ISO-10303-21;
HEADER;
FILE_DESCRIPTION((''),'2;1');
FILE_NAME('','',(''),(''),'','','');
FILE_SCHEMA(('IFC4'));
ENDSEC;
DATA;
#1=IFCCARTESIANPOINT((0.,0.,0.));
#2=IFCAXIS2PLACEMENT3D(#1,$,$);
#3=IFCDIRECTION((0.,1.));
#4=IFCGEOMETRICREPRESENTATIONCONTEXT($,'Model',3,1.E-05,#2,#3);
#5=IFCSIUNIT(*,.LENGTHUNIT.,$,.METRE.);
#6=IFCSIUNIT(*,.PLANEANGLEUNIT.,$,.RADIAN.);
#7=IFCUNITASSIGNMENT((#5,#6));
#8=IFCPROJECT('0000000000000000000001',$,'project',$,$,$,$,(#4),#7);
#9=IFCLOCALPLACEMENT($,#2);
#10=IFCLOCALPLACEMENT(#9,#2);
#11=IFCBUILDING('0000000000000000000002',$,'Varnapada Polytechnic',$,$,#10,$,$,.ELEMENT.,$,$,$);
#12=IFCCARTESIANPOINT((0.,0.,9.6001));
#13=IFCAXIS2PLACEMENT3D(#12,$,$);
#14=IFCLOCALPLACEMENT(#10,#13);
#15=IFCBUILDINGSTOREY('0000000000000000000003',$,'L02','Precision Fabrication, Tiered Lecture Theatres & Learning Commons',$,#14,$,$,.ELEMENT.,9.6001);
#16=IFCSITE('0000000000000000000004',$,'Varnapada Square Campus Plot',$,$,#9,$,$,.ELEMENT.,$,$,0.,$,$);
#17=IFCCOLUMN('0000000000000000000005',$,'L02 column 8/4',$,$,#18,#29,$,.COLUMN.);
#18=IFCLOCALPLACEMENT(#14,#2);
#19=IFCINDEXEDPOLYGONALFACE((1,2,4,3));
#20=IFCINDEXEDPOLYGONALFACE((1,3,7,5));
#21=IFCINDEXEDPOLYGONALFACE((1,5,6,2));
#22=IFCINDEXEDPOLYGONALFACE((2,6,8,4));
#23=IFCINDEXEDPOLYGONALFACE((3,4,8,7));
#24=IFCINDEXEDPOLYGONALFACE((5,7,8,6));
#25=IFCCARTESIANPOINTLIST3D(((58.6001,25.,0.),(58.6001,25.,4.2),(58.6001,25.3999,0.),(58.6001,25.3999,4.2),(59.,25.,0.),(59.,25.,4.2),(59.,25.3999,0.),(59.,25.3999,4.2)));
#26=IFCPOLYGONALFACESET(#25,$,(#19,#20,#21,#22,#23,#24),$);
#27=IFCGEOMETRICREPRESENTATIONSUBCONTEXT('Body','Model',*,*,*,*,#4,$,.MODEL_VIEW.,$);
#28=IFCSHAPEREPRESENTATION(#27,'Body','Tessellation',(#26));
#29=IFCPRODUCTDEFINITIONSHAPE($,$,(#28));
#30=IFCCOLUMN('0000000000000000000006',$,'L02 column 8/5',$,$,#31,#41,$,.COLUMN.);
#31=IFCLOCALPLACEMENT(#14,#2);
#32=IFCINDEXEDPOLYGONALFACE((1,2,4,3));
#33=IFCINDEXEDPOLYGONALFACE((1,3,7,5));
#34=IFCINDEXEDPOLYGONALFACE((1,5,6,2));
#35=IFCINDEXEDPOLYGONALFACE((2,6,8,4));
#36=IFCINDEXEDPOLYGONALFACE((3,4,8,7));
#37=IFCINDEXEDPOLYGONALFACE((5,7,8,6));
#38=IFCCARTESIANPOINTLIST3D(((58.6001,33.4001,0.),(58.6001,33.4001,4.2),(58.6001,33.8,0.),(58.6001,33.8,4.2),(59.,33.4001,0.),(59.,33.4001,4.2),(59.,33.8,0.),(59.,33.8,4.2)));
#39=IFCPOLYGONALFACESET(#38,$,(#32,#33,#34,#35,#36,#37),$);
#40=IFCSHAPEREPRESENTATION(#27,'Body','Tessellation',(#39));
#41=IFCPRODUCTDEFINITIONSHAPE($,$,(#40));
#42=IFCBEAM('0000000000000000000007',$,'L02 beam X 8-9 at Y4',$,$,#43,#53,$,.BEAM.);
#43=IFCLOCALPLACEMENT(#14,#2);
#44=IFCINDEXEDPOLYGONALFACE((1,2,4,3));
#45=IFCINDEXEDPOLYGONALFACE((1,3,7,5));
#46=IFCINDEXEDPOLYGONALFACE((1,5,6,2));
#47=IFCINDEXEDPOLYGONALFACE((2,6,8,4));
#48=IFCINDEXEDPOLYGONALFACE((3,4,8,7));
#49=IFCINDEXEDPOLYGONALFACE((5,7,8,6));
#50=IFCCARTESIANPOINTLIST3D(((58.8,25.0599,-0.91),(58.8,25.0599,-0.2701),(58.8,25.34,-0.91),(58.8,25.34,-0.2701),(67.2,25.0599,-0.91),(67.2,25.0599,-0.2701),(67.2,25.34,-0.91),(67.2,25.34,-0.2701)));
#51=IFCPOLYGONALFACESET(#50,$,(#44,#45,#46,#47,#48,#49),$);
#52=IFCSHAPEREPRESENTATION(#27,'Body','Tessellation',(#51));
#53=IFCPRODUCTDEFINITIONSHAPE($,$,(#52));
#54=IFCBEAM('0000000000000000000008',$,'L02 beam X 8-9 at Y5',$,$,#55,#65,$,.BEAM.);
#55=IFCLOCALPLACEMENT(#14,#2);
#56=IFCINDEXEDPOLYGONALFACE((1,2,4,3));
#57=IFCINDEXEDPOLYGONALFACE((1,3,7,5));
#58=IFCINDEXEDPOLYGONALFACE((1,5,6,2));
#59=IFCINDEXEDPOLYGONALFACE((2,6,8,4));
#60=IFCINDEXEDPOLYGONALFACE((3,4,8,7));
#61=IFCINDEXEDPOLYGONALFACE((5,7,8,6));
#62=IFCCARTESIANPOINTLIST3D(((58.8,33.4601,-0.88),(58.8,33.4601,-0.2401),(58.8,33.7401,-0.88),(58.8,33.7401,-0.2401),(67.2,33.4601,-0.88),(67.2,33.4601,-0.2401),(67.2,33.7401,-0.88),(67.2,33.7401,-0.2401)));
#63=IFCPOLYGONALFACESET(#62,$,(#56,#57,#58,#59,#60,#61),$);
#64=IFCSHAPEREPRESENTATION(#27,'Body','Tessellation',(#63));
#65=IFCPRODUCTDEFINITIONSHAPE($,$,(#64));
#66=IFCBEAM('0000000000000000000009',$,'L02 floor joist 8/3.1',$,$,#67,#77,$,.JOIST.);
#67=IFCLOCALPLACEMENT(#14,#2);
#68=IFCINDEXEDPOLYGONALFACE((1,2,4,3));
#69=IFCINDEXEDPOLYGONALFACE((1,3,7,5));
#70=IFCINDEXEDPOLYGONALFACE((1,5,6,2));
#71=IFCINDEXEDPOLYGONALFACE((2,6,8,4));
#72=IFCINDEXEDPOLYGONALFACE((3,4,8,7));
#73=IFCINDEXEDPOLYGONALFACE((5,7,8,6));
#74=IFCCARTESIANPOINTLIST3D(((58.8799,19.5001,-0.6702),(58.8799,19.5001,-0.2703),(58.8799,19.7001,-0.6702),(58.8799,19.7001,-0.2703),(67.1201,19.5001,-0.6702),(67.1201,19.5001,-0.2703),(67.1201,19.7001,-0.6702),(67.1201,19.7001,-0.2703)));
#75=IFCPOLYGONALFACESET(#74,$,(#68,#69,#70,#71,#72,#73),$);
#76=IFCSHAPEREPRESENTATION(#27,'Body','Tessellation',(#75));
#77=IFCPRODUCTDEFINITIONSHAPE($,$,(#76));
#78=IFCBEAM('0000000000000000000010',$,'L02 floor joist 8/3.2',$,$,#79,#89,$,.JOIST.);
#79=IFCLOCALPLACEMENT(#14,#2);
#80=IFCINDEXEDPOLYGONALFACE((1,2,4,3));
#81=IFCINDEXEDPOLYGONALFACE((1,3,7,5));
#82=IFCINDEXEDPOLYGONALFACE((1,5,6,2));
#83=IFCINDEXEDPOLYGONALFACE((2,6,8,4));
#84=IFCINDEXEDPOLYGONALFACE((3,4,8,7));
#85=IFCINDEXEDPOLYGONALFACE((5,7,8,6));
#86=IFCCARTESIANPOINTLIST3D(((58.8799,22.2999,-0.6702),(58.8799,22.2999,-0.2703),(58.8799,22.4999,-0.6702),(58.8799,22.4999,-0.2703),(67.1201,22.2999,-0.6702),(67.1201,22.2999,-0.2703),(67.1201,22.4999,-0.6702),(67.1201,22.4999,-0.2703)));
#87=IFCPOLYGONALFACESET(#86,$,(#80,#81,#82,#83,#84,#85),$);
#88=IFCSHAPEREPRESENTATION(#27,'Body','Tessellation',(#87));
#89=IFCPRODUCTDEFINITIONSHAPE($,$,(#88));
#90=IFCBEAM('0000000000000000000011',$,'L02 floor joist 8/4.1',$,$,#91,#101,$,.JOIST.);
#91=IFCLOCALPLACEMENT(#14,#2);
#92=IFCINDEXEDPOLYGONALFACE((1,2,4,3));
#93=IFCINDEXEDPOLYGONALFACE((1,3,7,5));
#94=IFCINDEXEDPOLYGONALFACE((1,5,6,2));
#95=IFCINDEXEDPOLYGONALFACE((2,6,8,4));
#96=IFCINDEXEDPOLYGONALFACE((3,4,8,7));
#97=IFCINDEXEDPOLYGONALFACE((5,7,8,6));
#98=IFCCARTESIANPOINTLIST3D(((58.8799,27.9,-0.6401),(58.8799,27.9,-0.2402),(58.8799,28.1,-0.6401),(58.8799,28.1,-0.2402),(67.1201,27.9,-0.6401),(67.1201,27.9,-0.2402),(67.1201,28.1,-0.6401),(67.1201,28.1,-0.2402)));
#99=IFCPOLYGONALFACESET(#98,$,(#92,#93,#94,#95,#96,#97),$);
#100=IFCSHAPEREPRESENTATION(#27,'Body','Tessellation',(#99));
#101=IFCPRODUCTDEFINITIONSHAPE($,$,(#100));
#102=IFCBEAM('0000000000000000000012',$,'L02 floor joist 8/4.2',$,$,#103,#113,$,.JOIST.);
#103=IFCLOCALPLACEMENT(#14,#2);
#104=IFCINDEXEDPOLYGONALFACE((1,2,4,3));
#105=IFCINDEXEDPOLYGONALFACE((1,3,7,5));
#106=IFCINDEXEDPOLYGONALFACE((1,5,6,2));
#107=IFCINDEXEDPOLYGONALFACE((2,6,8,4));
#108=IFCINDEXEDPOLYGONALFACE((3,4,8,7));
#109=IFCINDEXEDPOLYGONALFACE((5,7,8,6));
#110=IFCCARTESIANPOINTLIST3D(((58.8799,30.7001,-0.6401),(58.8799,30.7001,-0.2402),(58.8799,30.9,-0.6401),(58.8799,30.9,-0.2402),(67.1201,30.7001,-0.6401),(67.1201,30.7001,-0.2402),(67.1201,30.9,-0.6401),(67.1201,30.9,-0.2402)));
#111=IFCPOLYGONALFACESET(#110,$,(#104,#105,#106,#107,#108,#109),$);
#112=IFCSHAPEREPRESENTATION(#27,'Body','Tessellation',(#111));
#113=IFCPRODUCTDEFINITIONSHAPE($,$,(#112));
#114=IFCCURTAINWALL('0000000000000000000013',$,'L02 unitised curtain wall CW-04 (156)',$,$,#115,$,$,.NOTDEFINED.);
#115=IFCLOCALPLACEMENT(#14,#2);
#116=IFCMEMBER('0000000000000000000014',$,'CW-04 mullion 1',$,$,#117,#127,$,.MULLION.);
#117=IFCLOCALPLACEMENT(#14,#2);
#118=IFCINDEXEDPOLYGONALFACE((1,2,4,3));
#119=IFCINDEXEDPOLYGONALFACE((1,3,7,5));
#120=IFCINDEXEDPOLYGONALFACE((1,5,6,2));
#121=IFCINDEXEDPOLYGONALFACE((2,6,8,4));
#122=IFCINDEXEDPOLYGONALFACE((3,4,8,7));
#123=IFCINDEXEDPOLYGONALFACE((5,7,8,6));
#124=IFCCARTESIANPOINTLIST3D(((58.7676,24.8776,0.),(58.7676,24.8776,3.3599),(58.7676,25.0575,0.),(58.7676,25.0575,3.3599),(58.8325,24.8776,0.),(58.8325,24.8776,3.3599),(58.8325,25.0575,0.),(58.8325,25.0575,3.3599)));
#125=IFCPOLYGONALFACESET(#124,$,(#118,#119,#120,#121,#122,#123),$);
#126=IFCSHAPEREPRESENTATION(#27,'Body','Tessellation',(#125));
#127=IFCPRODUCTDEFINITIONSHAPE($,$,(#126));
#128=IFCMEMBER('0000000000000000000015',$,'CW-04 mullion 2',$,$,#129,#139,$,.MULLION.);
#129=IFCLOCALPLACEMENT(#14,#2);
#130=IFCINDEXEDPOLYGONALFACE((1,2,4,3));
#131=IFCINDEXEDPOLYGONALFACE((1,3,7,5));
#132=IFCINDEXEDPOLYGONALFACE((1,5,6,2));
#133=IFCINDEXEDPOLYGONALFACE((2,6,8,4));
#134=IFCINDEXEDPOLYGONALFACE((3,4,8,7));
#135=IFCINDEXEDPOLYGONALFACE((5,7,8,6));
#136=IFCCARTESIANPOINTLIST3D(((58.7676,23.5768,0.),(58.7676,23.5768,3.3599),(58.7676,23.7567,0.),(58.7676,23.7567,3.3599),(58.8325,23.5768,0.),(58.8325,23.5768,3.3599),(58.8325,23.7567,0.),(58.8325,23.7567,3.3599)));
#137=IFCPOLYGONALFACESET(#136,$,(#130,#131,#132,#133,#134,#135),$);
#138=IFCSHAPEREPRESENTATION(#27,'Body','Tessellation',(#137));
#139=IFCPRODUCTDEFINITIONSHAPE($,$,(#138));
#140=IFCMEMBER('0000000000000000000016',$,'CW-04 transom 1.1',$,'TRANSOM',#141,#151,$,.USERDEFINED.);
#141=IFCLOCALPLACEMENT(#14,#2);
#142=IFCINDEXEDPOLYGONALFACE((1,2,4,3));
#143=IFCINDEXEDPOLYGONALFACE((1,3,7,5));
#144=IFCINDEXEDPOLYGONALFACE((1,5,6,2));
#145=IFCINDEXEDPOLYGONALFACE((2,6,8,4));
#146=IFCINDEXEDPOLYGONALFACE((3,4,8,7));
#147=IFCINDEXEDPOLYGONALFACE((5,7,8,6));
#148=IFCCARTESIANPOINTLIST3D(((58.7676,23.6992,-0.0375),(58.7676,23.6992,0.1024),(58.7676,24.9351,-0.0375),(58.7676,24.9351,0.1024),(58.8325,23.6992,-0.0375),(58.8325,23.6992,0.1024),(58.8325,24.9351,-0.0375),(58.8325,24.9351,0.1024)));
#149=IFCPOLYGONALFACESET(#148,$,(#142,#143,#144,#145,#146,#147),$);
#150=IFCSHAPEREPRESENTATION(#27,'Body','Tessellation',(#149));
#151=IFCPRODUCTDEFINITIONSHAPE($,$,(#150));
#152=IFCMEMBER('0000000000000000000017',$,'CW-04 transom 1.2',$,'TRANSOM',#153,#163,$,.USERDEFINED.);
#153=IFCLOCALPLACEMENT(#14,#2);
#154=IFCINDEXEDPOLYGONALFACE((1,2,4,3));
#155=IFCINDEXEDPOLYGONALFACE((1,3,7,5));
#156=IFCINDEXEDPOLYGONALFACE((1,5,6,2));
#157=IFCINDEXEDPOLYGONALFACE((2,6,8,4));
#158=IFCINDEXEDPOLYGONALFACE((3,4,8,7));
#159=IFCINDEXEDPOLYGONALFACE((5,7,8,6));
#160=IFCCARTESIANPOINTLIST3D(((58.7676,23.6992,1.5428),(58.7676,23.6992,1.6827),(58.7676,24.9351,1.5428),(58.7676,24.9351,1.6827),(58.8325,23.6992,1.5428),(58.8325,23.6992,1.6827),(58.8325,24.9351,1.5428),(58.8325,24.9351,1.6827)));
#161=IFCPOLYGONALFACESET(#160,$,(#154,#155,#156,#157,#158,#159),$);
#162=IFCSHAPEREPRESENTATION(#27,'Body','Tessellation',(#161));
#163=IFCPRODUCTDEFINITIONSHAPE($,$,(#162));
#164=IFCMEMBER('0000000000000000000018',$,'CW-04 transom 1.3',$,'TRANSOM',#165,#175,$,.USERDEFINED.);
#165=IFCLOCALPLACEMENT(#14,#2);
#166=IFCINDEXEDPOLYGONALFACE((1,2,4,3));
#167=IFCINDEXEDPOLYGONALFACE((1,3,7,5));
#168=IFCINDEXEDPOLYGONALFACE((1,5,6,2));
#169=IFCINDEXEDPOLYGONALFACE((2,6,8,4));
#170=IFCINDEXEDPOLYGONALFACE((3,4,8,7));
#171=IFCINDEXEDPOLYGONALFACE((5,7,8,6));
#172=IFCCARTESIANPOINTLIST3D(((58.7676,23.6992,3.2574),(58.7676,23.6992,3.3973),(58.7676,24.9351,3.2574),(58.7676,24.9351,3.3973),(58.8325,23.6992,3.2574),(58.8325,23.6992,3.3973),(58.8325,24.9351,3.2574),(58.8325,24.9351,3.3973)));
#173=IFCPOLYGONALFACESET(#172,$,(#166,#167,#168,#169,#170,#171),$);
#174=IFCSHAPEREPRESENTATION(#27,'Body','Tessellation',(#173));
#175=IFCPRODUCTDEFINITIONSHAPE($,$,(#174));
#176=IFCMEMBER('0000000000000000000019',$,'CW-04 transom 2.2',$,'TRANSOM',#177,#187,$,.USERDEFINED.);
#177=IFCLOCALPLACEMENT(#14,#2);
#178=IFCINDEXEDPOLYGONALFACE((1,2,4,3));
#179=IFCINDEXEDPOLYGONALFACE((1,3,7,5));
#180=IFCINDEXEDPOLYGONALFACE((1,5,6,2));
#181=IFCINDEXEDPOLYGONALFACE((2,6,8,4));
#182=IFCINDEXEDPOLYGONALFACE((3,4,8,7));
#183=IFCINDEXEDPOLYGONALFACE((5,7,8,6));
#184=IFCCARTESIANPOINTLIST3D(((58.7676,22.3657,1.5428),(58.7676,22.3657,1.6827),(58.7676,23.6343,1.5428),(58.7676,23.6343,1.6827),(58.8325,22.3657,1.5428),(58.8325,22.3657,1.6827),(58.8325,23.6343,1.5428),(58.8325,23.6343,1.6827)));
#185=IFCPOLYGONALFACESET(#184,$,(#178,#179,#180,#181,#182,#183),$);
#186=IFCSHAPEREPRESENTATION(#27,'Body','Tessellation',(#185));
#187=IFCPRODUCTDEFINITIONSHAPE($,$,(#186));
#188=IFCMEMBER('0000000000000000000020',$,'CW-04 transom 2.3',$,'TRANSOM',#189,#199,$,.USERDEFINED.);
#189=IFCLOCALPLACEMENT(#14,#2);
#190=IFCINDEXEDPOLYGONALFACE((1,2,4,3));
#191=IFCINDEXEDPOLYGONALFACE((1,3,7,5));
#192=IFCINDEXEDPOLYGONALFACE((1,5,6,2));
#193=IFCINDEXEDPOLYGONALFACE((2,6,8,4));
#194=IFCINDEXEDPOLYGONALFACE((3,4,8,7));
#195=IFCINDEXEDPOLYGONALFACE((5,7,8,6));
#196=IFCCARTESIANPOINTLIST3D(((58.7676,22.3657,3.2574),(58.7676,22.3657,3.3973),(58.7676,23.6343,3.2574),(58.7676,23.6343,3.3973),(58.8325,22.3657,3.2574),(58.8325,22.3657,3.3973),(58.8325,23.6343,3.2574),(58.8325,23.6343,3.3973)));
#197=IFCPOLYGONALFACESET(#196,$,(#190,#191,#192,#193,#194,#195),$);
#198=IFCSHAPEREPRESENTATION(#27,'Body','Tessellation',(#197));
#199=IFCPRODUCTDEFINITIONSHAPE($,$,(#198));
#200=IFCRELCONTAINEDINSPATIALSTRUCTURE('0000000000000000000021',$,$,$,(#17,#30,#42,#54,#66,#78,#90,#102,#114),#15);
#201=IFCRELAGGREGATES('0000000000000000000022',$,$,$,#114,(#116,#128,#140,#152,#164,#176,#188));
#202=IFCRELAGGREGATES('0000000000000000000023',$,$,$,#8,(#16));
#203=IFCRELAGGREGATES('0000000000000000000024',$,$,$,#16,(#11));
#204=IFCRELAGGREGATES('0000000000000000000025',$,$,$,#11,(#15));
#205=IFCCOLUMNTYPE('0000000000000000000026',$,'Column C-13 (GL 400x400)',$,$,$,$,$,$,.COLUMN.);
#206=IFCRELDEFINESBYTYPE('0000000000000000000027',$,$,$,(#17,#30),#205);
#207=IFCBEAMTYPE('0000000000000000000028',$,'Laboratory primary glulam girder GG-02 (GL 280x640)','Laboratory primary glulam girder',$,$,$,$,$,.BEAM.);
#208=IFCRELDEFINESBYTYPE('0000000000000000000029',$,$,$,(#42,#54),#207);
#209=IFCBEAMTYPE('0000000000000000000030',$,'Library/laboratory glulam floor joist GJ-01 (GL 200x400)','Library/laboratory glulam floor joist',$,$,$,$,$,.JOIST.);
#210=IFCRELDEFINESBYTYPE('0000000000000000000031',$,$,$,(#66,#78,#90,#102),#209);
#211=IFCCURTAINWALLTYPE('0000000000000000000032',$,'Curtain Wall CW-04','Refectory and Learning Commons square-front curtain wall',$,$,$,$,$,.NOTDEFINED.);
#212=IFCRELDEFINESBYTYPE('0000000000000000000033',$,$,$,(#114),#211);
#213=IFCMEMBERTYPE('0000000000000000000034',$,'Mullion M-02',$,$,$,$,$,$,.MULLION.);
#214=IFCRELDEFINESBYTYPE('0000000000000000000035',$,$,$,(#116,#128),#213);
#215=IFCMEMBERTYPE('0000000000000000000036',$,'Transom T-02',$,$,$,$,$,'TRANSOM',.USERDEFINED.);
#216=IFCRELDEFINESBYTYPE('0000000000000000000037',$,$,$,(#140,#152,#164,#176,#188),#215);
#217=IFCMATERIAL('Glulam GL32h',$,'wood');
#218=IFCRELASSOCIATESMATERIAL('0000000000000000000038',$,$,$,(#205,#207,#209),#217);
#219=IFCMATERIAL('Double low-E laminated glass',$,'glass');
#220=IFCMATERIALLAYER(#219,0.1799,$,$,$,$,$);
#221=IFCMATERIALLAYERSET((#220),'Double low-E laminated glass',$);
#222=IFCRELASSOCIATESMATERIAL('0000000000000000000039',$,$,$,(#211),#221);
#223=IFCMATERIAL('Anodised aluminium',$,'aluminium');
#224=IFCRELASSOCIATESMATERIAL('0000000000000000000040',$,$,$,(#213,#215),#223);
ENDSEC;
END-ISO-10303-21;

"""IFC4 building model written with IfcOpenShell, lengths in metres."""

from ifc_helpers import new_model, si_unit, direction, frame, origin, origin_2d, place, context, subcontext, project, spatial, rectangle, extrude, material, layer, layer_set, material_profile, profile_set, type_object, element, aggregate, save


model = new_model("IFC4")

# Units and contexts
model_context = context("Model", 3, precision=1e-05, world=origin(), true_north=direction((0.0, 1.0)))
body_context = subcontext(model_context, "Body", "Model", "MODEL_VIEW")
ifc_project = project(units=[si_unit("LENGTHUNIT", "METRE"), si_unit("PLANEANGLEUNIT", "RADIAN")], contexts=[model_context])

# Site, building, storey
site_placement = place(None, origin())
site = spatial("IfcSite", under=ifc_project, at=site_placement, Name="Varnapada Square Campus Plot", CompositionType="ELEMENT", RefElevation=0.0)
building_placement = place(site_placement, origin())
building = spatial("IfcBuilding", under=site, at=building_placement, Name="Varnapada Polytechnic", CompositionType="ELEMENT")
storey_placement = place(building_placement, frame((0.0, 0.0, 9.6001)))
storey = spatial("IfcBuildingStorey", under=building, at=storey_placement, Name="L02", Description="Precision Fabrication, Tiered Lecture Theatres & Learning Commons", CompositionType="ELEMENT", Elevation=9.6001)

# Columns
ifc_material_1 = material(Name="Glulam GL32h", Category="wood")
ifc_material_profile_1 = material_profile(ifc_material_1, rectangle(XDim=0.3999, YDim=0.3999, at=origin_2d()), Name="GL 400x400")
ifc_profile_set_1 = profile_set([ifc_material_profile_1], Name="Glulam GL32h")
column_type = type_object("IfcColumnType", Name="Column C-13 (GL 400x400)", PredefinedType="COLUMN", material=ifc_profile_set_1)
for number, where, z_axis, x_axis, name in (
    (1, (58.8, 25.2, 0.0), (0.0, 0.0, 1.0), (1.0, 0.0, 0.0), "L02 column 8/4"),
    (2, (58.8, 33.6001, 0.0), (0.0, 0.0, 1.0), (1.0, 0.0, 0.0), "L02 column 8/5"),
):
    element("IfcColumn", number, at=place(storey_placement, frame(where, z_axis=z_axis, x_axis=x_axis)), inside=storey, type_object=column_type, Name=name, PredefinedType="COLUMN", context=body_context, shape_type="SweptSolid", body=[
        extrude(rectangle(XDim=0.3999, YDim=0.3999, at=origin_2d()), origin(), (0.0, 0.0, 1.0), 4.2),
    ])

# Beams
ifc_material_profile_2 = material_profile(ifc_material_1, rectangle(XDim=0.28, YDim=0.6399, at=origin_2d()), Name="GL 280x640")
ifc_profile_set_2 = profile_set([ifc_material_profile_2], Name="Glulam GL32h")
beam_type_1 = type_object("IfcBeamType", Name="Laboratory primary glulam girder GG-02 (GL 280x640)", Description="Laboratory primary glulam girder", PredefinedType="BEAM", material=ifc_profile_set_2)
for number, where, z_axis, x_axis, name in (
    (3, (58.8, 25.2, -0.5901), (1.0, 0.0, 0.0), (0.0, 1.0, 0.0), "L02 beam X 8-9 at Y4"),
    (4, (58.8, 33.6001, -0.5601), (1.0, 0.0, 0.0), (0.0, 1.0, 0.0), "L02 beam X 8-9 at Y5"),
):
    element("IfcBeam", number, at=place(storey_placement, frame(where, z_axis=z_axis, x_axis=x_axis)), inside=storey, type_object=beam_type_1, Name=name, PredefinedType="BEAM", context=body_context, shape_type="SweptSolid", body=[
        extrude(rectangle(XDim=0.28, YDim=0.6399, at=origin_2d()), origin(), (0.0, 0.0, 1.0), 8.3999),
    ])
ifc_material_profile_3 = material_profile(ifc_material_1, rectangle(XDim=0.2, YDim=0.3999, at=origin_2d()), Name="GL 200x400")
ifc_profile_set_3 = profile_set([ifc_material_profile_3], Name="Glulam GL32h")
beam_type_2 = type_object("IfcBeamType", Name="Library/laboratory glulam floor joist GJ-01 (GL 200x400)", Description="Library/laboratory glulam floor joist", PredefinedType="JOIST", material=ifc_profile_set_3)
for number, where, z_axis, x_axis, name in (
    (5, (58.8799, 19.6001, -0.4702), (1.0, 0.0, 0.0), (0.0, 1.0, 0.0), "L02 floor joist 8/3.1"),
    (6, (58.8799, 22.3999, -0.4702), (1.0, 0.0, 0.0), (0.0, 1.0, 0.0), "L02 floor joist 8/3.2"),
    (7, (58.8799, 28.0, -0.4402), (1.0, 0.0, 0.0), (0.0, 1.0, 0.0), "L02 floor joist 8/4.1"),
    (8, (58.8799, 30.8, -0.4402), (1.0, 0.0, 0.0), (0.0, 1.0, 0.0), "L02 floor joist 8/4.2"),
):
    element("IfcBeam", number, at=place(storey_placement, frame(where, z_axis=z_axis, x_axis=x_axis)), inside=storey, type_object=beam_type_2, Name=name, PredefinedType="JOIST", context=body_context, shape_type="SweptSolid", body=[
        extrude(rectangle(XDim=0.2, YDim=0.3999, at=origin_2d()), origin(), (0.0, 0.0, 1.0), 8.2402),
    ])

# Curtain wall, members
ifc_material_2 = material(Name="Double low-E laminated glass", Category="glass")
ifc_layer_1 = layer(ifc_material_2, 0.1799)
ifc_layer_set_1 = layer_set([ifc_layer_1], Name="Double low-E laminated glass")
curtain_wall_type = type_object("IfcCurtainWallType", Name="Curtain Wall CW-04", Description="Refectory and Learning Commons square-front curtain wall", PredefinedType="NOTDEFINED", material=ifc_layer_set_1)
curtain_wall_placement = place(storey_placement, origin())
curtain_wall = element("IfcCurtainWall", 9, at=curtain_wall_placement, inside=storey, type_object=curtain_wall_type, Name="L02 unitised curtain wall CW-04 (156)", PredefinedType="NOTDEFINED")
ifc_material_3 = material(Name="Anodised aluminium", Category="aluminium")
ifc_material_profile_4 = material_profile(ifc_material_3, rectangle(XDim=0.0649, YDim=0.1799, at=origin_2d()), Name="ALU M65x180")
ifc_profile_set_4 = profile_set([ifc_material_profile_4], Name="Anodised aluminium")
member_type_1 = type_object("IfcMemberType", Name="Mullion M-02", PredefinedType="MULLION", material=ifc_profile_set_4)
member_1_placement = place(storey_placement, frame((58.8, 24.9675, 0.0), z_axis=(0.0, 0.0, 1.0), x_axis=(1.0, 0.0, 0.0)))
member_1 = element("IfcMember", 10, at=member_1_placement, type_object=member_type_1, Name="CW-04 mullion 1", PredefinedType="MULLION", context=body_context, shape_type="SweptSolid", body=[
    extrude(rectangle(XDim=0.0649, YDim=0.1799, at=origin_2d()), origin(), (0.0, 0.0, 1.0), 3.3599),
])
member_2_placement = place(storey_placement, frame((58.8, 23.6667, 0.0), z_axis=(0.0, 0.0, 1.0), x_axis=(1.0, 0.0, 0.0)))
member_2 = element("IfcMember", 11, at=member_2_placement, type_object=member_type_1, Name="CW-04 mullion 2", PredefinedType="MULLION", context=body_context, shape_type="SweptSolid", body=[
    extrude(rectangle(XDim=0.0649, YDim=0.1799, at=origin_2d()), origin(), (0.0, 0.0, 1.0), 3.3599),
])
ifc_material_profile_5 = material_profile(ifc_material_3, rectangle(XDim=0.0649, YDim=0.1399, at=origin_2d()), Name="ALU T65x140")
ifc_profile_set_5 = profile_set([ifc_material_profile_5], Name="Anodised aluminium")
member_type_2 = type_object("IfcMemberType", Name="Transom T-02", ElementType="TRANSOM", PredefinedType="USERDEFINED", material=ifc_profile_set_5)
member_3_placement = place(storey_placement, frame((58.8, 24.9351, 0.0325), z_axis=(0.0, -1.0, 0.0), x_axis=(1.0, 0.0, 0.0)))
member_3 = element("IfcMember", 12, at=member_3_placement, type_object=member_type_2, Name="CW-04 transom 1.1", ObjectType="TRANSOM", PredefinedType="USERDEFINED", context=body_context, shape_type="SweptSolid", body=[
    extrude(rectangle(XDim=0.0649, YDim=0.1399, at=origin_2d()), origin(), (0.0, 0.0, 1.0), 1.2358),
])
member_4_placement = place(storey_placement, frame((58.8, 24.9351, 1.6128), z_axis=(0.0, -1.0, 0.0), x_axis=(1.0, 0.0, 0.0)))
member_4 = element("IfcMember", 13, at=member_4_placement, type_object=member_type_2, Name="CW-04 transom 1.2", ObjectType="TRANSOM", PredefinedType="USERDEFINED", context=body_context, shape_type="SweptSolid", body=[
    extrude(rectangle(XDim=0.0649, YDim=0.1399, at=origin_2d()), origin(), (0.0, 0.0, 1.0), 1.2358),
])
member_5_placement = place(storey_placement, frame((58.8, 24.9351, 3.3274), z_axis=(0.0, -1.0, 0.0), x_axis=(1.0, 0.0, 0.0)))
member_5 = element("IfcMember", 14, at=member_5_placement, type_object=member_type_2, Name="CW-04 transom 1.3", ObjectType="TRANSOM", PredefinedType="USERDEFINED", context=body_context, shape_type="SweptSolid", body=[
    extrude(rectangle(XDim=0.0649, YDim=0.1399, at=origin_2d()), origin(), (0.0, 0.0, 1.0), 1.2358),
])
member_6_placement = place(storey_placement, frame((58.8, 23.6343, 1.6128), z_axis=(0.0, -1.0, 0.0), x_axis=(1.0, 0.0, 0.0)))
member_6 = element("IfcMember", 15, at=member_6_placement, type_object=member_type_2, Name="CW-04 transom 2.2", ObjectType="TRANSOM", PredefinedType="USERDEFINED", context=body_context, shape_type="SweptSolid", body=[
    extrude(rectangle(XDim=0.0649, YDim=0.1399, at=origin_2d()), origin(), (0.0, 0.0, 1.0), 1.2686),
])
member_7_placement = place(storey_placement, frame((58.8, 23.6343, 3.3274), z_axis=(0.0, -1.0, 0.0), x_axis=(1.0, 0.0, 0.0)))
member_7 = element("IfcMember", 16, at=member_7_placement, type_object=member_type_2, Name="CW-04 transom 2.3", ObjectType="TRANSOM", PredefinedType="USERDEFINED", context=body_context, shape_type="SweptSolid", body=[
    extrude(rectangle(XDim=0.0649, YDim=0.1399, at=origin_2d()), origin(), (0.0, 0.0, 1.0), 1.2686),
])

aggregate(curtain_wall, [member_1, member_2, member_3, member_4, member_5, member_6, member_7])

save(model, "model.ifc")
